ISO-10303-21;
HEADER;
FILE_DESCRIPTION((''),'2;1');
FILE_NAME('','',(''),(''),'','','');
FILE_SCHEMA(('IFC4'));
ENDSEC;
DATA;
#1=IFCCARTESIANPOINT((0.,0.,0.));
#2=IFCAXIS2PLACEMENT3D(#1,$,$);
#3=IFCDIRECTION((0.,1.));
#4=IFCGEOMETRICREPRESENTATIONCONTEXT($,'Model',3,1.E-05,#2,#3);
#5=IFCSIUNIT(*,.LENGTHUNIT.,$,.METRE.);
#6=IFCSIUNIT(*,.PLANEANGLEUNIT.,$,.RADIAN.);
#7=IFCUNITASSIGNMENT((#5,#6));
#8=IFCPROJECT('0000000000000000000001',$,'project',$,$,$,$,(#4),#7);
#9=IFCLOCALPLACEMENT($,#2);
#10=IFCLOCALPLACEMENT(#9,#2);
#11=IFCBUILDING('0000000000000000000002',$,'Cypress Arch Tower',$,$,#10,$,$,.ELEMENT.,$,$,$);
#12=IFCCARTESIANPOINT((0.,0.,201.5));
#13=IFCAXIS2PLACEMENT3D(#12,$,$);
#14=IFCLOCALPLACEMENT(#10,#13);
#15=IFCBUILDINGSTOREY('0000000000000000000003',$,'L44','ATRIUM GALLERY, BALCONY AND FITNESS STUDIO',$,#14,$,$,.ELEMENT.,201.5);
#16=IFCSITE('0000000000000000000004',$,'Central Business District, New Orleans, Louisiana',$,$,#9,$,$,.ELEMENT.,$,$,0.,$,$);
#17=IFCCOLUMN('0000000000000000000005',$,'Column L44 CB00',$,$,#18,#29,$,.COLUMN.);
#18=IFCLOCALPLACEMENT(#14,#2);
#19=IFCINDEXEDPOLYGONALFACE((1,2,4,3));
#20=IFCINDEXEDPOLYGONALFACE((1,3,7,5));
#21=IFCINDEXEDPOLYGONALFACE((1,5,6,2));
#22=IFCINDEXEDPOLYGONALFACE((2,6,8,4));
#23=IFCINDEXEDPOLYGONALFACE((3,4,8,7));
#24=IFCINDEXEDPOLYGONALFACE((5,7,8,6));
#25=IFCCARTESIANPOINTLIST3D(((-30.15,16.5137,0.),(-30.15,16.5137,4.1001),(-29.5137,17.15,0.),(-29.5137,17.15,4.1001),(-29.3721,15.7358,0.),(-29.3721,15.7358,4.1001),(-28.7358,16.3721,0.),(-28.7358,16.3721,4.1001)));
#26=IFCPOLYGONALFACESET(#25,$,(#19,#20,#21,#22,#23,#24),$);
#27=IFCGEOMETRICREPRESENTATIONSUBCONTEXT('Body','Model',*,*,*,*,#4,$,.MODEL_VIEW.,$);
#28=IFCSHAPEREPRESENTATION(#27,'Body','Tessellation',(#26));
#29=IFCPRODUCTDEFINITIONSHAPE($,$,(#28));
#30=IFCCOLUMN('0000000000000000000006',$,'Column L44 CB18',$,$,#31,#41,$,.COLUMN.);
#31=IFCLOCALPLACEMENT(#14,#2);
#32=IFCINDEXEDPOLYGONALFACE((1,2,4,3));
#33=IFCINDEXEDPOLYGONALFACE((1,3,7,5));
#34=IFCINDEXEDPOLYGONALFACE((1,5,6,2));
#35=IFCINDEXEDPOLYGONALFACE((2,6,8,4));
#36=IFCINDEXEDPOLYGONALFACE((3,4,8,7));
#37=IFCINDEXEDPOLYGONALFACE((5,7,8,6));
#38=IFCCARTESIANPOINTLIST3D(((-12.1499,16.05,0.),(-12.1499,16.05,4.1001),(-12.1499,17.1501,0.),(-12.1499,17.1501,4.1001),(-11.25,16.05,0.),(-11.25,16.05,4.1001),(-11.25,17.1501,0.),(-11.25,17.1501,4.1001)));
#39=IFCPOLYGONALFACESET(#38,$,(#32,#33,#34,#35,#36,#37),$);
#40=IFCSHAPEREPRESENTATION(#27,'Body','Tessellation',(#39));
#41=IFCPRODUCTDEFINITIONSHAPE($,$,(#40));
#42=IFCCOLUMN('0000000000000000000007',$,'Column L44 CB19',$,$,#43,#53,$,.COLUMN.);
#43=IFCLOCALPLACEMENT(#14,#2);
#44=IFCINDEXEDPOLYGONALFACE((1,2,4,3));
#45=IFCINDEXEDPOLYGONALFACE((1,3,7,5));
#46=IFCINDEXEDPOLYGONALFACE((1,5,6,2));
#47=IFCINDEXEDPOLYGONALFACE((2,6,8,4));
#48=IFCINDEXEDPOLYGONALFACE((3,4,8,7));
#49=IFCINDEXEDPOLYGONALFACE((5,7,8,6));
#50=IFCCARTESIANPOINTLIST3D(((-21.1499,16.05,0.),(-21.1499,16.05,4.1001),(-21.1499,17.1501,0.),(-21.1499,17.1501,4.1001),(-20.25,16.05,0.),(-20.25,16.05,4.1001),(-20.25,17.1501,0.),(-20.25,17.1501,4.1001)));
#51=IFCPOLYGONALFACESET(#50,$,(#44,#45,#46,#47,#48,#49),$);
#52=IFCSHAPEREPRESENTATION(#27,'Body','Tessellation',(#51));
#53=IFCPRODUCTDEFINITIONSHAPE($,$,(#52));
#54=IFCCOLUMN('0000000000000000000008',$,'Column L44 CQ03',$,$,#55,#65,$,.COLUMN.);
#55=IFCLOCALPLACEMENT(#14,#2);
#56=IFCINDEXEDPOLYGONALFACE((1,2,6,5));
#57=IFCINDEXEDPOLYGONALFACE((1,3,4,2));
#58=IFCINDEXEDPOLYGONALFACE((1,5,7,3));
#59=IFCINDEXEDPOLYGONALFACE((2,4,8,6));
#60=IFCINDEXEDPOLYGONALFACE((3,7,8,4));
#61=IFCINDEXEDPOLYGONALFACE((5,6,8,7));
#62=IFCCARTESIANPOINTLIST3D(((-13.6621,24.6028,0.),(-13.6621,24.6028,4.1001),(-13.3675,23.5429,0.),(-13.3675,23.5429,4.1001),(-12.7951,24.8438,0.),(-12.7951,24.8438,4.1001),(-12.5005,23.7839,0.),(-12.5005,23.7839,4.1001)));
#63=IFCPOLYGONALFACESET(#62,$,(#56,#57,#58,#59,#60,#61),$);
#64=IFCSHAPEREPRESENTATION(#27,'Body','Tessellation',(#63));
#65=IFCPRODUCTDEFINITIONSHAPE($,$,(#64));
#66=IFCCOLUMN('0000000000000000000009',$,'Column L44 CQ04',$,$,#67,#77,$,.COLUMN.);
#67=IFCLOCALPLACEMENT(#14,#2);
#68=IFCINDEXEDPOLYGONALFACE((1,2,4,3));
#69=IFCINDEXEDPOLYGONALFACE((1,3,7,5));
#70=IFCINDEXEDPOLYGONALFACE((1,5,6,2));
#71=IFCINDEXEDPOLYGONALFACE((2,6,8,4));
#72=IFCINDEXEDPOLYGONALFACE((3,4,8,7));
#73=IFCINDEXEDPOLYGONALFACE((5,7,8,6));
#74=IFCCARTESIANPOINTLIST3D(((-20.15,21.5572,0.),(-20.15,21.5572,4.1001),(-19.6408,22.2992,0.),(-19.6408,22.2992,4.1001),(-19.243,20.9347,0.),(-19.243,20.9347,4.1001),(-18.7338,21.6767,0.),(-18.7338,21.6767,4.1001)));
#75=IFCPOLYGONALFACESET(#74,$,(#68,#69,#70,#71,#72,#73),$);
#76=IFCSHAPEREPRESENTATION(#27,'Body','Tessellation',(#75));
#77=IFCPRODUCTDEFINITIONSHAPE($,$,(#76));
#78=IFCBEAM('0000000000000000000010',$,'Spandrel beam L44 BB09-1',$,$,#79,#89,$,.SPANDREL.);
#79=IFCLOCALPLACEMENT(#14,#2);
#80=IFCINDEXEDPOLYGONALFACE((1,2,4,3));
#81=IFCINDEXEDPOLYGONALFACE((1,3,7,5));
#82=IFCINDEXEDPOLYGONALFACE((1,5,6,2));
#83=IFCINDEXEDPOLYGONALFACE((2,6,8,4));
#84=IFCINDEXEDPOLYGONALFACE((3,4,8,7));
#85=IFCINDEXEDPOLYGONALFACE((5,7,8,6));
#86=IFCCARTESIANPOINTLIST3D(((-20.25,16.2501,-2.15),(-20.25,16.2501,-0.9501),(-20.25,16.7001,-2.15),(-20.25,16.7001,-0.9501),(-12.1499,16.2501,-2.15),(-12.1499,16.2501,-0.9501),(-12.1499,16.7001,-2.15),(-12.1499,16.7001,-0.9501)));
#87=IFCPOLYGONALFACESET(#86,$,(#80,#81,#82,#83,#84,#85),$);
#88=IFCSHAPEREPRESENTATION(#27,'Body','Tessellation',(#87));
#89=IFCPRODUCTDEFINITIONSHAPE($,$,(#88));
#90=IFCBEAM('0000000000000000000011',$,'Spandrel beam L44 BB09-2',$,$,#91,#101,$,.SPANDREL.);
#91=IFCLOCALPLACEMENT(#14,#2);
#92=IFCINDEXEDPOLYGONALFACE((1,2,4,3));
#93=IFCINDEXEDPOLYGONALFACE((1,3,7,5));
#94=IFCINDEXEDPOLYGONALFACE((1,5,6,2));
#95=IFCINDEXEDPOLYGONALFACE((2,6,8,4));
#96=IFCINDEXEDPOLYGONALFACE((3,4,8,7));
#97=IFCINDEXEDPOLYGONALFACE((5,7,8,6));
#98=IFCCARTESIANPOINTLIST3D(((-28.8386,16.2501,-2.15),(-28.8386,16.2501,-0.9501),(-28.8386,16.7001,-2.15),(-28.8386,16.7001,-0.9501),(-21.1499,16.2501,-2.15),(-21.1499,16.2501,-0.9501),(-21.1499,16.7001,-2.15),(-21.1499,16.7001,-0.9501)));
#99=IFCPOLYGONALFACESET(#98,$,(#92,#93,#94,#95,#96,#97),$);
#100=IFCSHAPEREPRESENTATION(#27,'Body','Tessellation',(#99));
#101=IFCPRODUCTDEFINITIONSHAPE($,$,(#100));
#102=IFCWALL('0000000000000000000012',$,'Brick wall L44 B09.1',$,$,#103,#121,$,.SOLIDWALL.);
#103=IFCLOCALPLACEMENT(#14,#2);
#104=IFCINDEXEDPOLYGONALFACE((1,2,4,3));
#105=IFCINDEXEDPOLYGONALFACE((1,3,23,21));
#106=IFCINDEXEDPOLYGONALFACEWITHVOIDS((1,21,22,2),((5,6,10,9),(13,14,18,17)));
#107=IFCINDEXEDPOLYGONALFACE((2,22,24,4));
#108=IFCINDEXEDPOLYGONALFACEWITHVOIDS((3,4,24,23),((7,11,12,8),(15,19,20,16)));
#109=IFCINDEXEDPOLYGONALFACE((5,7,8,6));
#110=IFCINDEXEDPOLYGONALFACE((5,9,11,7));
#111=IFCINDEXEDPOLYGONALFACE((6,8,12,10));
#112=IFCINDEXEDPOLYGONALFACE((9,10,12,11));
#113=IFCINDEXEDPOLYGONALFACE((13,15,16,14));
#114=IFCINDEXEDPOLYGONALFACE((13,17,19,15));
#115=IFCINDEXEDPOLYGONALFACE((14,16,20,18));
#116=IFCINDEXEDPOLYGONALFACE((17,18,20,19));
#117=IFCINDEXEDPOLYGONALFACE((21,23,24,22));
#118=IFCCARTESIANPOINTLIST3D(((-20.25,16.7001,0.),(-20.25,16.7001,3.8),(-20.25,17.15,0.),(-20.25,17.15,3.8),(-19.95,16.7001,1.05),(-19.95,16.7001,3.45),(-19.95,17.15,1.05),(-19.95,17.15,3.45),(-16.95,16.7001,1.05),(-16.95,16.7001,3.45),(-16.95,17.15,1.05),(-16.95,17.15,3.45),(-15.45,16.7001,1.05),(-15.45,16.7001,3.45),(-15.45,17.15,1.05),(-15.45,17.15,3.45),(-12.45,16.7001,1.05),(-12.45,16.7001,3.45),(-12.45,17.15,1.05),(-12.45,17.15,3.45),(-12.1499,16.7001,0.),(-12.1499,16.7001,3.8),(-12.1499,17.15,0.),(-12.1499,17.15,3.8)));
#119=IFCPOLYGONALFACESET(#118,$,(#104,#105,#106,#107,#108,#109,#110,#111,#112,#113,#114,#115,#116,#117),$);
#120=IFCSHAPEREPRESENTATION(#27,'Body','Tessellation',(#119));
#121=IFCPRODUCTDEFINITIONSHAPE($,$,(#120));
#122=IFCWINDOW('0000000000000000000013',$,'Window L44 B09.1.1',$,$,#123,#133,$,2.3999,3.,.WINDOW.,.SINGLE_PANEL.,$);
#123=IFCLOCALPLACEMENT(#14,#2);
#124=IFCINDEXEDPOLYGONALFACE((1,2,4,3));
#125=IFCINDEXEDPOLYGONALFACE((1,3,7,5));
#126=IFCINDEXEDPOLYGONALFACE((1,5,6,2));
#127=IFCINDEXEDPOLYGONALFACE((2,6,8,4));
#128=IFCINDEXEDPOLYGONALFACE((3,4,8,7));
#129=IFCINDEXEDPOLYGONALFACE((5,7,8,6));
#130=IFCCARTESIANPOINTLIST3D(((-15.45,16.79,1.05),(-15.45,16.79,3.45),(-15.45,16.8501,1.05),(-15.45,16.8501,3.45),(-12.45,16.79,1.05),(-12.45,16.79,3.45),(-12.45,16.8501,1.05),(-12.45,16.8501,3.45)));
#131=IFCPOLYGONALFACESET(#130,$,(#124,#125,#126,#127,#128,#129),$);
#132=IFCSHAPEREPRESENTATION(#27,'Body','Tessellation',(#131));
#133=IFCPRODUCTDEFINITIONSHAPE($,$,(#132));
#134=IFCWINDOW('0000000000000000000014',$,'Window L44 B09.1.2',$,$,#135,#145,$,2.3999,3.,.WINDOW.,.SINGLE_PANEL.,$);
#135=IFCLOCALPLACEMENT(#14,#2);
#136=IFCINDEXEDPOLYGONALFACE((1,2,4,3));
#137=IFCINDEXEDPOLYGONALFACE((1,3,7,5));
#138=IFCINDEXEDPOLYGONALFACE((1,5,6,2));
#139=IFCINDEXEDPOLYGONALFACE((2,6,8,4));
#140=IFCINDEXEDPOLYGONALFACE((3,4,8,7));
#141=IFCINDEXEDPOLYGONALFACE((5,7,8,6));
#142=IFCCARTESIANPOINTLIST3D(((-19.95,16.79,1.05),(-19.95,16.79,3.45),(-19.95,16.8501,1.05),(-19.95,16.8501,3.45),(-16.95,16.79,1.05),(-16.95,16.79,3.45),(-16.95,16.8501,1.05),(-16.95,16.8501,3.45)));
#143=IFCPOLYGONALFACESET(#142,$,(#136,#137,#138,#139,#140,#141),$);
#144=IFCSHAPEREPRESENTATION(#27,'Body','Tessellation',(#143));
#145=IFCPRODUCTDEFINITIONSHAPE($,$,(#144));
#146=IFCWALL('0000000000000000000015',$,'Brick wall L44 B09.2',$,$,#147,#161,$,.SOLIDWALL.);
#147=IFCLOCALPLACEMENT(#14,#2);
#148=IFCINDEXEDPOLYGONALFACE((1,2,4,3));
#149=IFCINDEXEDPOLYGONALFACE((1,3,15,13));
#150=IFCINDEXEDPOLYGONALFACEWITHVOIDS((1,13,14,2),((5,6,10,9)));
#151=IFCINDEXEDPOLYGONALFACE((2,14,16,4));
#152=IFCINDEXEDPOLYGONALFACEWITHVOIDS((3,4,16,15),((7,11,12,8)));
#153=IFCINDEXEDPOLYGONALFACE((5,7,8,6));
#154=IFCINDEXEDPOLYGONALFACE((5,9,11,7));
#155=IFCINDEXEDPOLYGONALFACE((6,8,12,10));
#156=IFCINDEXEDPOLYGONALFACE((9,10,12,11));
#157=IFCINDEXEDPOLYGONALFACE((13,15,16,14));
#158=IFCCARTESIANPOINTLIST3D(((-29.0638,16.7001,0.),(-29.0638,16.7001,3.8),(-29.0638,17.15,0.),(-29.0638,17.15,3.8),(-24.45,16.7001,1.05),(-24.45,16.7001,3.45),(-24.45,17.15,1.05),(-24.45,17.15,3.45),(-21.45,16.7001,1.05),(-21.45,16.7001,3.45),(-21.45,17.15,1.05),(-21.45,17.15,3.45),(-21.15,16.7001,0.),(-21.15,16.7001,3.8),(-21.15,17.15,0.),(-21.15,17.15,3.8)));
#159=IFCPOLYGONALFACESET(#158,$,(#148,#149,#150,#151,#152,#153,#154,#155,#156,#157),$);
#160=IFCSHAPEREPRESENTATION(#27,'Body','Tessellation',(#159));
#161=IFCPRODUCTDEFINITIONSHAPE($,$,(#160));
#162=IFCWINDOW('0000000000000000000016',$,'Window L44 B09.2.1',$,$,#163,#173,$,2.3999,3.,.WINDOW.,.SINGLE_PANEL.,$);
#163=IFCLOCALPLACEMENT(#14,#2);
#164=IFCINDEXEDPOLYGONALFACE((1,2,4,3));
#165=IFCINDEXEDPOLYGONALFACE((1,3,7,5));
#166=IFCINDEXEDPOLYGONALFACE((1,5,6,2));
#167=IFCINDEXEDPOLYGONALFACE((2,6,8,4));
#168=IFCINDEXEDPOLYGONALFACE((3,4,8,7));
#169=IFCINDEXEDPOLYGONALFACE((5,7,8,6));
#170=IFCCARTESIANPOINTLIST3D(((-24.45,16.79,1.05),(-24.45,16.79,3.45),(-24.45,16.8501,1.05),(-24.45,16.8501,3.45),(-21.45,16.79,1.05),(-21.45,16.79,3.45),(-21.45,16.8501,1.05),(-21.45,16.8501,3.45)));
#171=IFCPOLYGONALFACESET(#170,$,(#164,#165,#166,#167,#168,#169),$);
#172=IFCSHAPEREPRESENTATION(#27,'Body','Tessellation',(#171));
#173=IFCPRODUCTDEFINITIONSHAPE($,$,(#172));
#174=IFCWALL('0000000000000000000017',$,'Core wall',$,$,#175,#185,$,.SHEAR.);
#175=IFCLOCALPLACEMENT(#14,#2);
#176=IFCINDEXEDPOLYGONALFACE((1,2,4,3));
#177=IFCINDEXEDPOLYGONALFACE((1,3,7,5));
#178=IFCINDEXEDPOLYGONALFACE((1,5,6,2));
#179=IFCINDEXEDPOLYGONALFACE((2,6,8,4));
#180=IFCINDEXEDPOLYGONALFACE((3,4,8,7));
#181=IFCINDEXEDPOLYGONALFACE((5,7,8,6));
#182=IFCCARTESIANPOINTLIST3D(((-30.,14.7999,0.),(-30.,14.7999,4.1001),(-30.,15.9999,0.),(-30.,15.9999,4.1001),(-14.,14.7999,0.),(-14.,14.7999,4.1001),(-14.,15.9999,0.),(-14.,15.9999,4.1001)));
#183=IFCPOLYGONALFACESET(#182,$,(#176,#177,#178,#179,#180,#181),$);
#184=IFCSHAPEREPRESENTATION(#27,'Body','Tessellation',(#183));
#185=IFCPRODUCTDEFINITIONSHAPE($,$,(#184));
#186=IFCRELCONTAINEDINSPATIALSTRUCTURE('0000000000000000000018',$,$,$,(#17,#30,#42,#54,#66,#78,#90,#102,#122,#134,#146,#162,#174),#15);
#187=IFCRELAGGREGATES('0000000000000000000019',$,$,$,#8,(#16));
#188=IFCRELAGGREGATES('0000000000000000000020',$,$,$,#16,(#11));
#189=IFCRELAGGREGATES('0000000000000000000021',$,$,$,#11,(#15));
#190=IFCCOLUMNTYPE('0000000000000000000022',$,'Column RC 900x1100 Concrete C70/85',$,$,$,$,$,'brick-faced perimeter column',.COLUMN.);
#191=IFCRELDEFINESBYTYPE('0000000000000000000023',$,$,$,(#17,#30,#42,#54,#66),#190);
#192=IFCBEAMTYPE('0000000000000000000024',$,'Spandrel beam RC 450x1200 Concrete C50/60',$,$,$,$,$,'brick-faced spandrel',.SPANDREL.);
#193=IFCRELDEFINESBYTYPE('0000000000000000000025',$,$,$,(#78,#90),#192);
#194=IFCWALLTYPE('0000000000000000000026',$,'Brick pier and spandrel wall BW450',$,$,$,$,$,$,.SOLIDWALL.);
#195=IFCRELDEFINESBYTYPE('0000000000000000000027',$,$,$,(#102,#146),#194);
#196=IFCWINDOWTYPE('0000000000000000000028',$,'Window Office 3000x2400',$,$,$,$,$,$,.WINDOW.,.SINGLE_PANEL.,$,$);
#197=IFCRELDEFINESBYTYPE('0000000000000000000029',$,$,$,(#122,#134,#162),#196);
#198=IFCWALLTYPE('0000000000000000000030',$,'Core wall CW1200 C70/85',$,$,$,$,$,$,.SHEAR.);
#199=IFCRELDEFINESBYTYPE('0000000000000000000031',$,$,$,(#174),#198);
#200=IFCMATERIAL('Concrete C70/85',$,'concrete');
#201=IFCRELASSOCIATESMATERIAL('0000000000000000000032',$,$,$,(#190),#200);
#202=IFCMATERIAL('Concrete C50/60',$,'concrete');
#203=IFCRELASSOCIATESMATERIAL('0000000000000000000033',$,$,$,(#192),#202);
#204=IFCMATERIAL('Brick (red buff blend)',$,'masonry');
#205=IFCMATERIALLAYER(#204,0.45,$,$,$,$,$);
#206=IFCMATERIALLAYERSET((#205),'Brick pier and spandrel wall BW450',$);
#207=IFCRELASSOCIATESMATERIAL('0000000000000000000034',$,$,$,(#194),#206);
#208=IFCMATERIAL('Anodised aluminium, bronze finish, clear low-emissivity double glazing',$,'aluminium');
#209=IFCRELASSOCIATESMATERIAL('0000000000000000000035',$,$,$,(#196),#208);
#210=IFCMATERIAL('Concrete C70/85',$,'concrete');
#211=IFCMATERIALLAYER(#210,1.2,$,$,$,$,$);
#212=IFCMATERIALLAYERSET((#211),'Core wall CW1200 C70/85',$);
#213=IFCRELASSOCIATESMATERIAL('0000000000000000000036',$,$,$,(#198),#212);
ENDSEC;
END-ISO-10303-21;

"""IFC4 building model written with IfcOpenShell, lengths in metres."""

from ifc_helpers import new_model, si_unit, direction, frame, frame_2d, origin, origin_2d, place, context, subcontext, project, spatial, rectangle, extrude, material, layer, layer_set, material_profile, profile_set, type_object, element, fill, save


model = new_model("IFC4")

# Units and contexts
model_context = context("Model", 3, precision=1e-05, world=origin(), true_north=direction((0.0, 1.0)))
body_context = subcontext(model_context, "Body", "Model", "MODEL_VIEW")
ifc_project = project(units=[si_unit("LENGTHUNIT", "METRE"), si_unit("PLANEANGLEUNIT", "RADIAN")], contexts=[model_context])

# Site, building, storey
site_placement = place(None, origin())
site = spatial("IfcSite", under=ifc_project, at=site_placement, Name="Central Business District, New Orleans, Louisiana", CompositionType="ELEMENT", RefElevation=0.0)
building_placement = place(site_placement, origin())
building = spatial("IfcBuilding", under=site, at=building_placement, Name="Cypress Arch Tower", CompositionType="ELEMENT")
storey_placement = place(building_placement, frame((0.0, 0.0, 201.5)))
storey = spatial("IfcBuildingStorey", under=building, at=storey_placement, Name="L44", Description="ATRIUM GALLERY, BALCONY AND FITNESS STUDIO", CompositionType="ELEMENT", Elevation=201.5)

# Columns
ifc_material_1 = material(Name="Concrete C70/85", Category="concrete")
ifc_material_profile_1 = material_profile(ifc_material_1, rectangle(XDim=0.8999, YDim=1.1001, at=origin_2d()), Name="RC 900x1100")
ifc_profile_set_1 = profile_set([ifc_material_profile_1], Name="Concrete C70/85")
column_type = type_object("IfcColumnType", Name="Column RC 900x1100 Concrete C70/85", ElementType="brick-faced perimeter column", PredefinedType="COLUMN", material=ifc_profile_set_1)
for number, where, z_axis, x_axis, name in (
    (1, (-29.4429, 16.4429, 0.0), (0.0, 0.0, 1.0), (-0.707107, -0.707107, 0.0), "Column L44 CB00"),
    (2, (-11.7, 16.6001, 0.0), (0.0, 0.0, 1.0), (-1.0, 0.0, 0.0), "Column L44 CB18"),
    (3, (-20.7, 16.6001, 0.0), (0.0, 0.0, 1.0), (-1.0, 0.0, 0.0), "Column L44 CB19"),
    (4, (-13.0813, 24.1934, 0.0), (0.0, 0.0, 1.0), (-0.963456, -0.267868, 0.0), "Column L44 CQ03"),
    (5, (-19.4419, 21.6169, 0.0), (0.0, 0.0, 1.0), (-0.565893, -0.824479, 0.0), "Column L44 CQ04"),
):
    element("IfcColumn", number, at=place(storey_placement, frame(where, z_axis=z_axis, x_axis=x_axis)), inside=storey, type_object=column_type, Name=name, PredefinedType="COLUMN", context=body_context, shape_type="SweptSolid", body=[
        extrude(rectangle(XDim=0.8999, YDim=1.1001, at=origin_2d()), origin(), (0.0, 0.0, 1.0), 4.1001),
    ])

# Beams
ifc_material_2 = material(Name="Concrete C50/60", Category="concrete")
ifc_material_profile_2 = material_profile(ifc_material_2, rectangle(XDim=0.45, YDim=1.2, at=origin_2d()), Name="RC 450x1200")
ifc_profile_set_2 = profile_set([ifc_material_profile_2], Name="Concrete C50/60")
beam_type = type_object("IfcBeamType", Name="Spandrel beam RC 450x1200 Concrete C50/60", ElementType="brick-faced spandrel", PredefinedType="SPANDREL", material=ifc_profile_set_2)
beam_1_placement = place(storey_placement, frame((-12.1499, 16.4751, -1.55), z_axis=(-1.0, 0.0, 0.0), x_axis=(0.0, -1.0, 0.0)))
element("IfcBeam", 6, at=beam_1_placement, inside=storey, type_object=beam_type, Name="Spandrel beam L44 BB09-1", PredefinedType="SPANDREL", context=body_context, shape_type="SweptSolid", body=[
    extrude(rectangle(XDim=0.45, YDim=1.2, at=origin_2d()), origin(), (0.0, 0.0, 1.0), 8.1001),
])
beam_2_placement = place(storey_placement, frame((-21.1499, 16.4751, -1.55), z_axis=(-1.0, 0.0, 0.0), x_axis=(0.0, -1.0, 0.0)))
element("IfcBeam", 7, at=beam_2_placement, inside=storey, type_object=beam_type, Name="Spandrel beam L44 BB09-2", PredefinedType="SPANDREL", context=body_context, shape_type="SweptSolid", body=[
    extrude(rectangle(XDim=0.45, YDim=1.2, at=origin_2d()), origin(), (0.0, 0.0, 1.0), 7.6887),
])

# Wall, openings, windows
ifc_material_3 = material(Name="Brick (red buff blend)", Category="masonry")
ifc_layer_1 = layer(ifc_material_3, 0.45)
ifc_layer_set_1 = layer_set([ifc_layer_1], Name="Brick pier and spandrel wall BW450")
wall_type_1 = type_object("IfcWallType", Name="Brick pier and spandrel wall BW450", PredefinedType="SOLIDWALL", material=ifc_layer_set_1)
wall_1_placement = place(storey_placement, frame((-12.1499, 16.925, 0.0), z_axis=(0.0, 0.0, 1.0), x_axis=(-1.0, 0.0, 0.0)))
wall_1 = element("IfcWall", 8, at=wall_1_placement, inside=storey, type_object=wall_type_1, Name="Brick wall L44 B09.1", PredefinedType="SOLIDWALL", context=body_context, shape_type="SweptSolid", body=[
    extrude(rectangle(XDim=8.1001, YDim=0.45, at=frame_2d((4.05, 0.0))), origin(), (0.0, 0.0, 1.0), 3.8),
])
opening_1_placement = place(wall_1_placement, frame((0.3, 0.0, 1.05)))
opening_1 = element("IfcOpeningElement", 9, at=opening_1_placement, cuts=wall_1, PredefinedType="OPENING", context=body_context, shape_type="SweptSolid", body=[
    extrude(rectangle(XDim=3.0, YDim=2.3999, at=frame_2d((1.5, 1.2))), frame((0.0, 0.2349, 0.0), z_axis=(0.0, -1.0, 0.0), x_axis=(1.0, 0.0, 0.0)), (0.0, 0.0, 1.0), 0.47),
])
opening_2_placement = place(wall_1_placement, frame((4.8, 0.0, 1.05)))
opening_2 = element("IfcOpeningElement", 10, at=opening_2_placement, cuts=wall_1, PredefinedType="OPENING", context=body_context, shape_type="SweptSolid", body=[
    extrude(rectangle(XDim=3.0, YDim=2.3999, at=frame_2d((1.5, 1.2))), frame((0.0, 0.2349, 0.0), z_axis=(0.0, -1.0, 0.0), x_axis=(1.0, 0.0, 0.0)), (0.0, 0.0, 1.0), 0.47),
])
ifc_material_4 = material(Name="Anodised aluminium, bronze finish, clear low-emissivity double glazing", Category="aluminium")
window_type = type_object("IfcWindowType", Name="Window Office 3000x2400", PartitioningType="SINGLE_PANEL", PredefinedType="WINDOW", material=ifc_material_4)
window_1_placement = place(opening_1_placement, origin())
window_1 = element("IfcWindow", 11, at=window_1_placement, inside=storey, type_object=window_type, Name="Window L44 B09.1.1", OverallHeight=2.3999, OverallWidth=3.0, PartitioningType="SINGLE_PANEL", PredefinedType="WINDOW", context=body_context, shape_type="SweptSolid", body=[
    extrude(rectangle(XDim=3.0, YDim=2.3999, at=frame_2d((1.5, 1.2))), frame((0.0, 0.135, 0.0), z_axis=(0.0, -1.0, 0.0), x_axis=(1.0, 0.0, 0.0)), (0.0, 0.0, 1.0), 0.0601),
])
fill(opening_1, window_1)
window_2_placement = place(opening_2_placement, origin())
window_2 = element("IfcWindow", 12, at=window_2_placement, inside=storey, type_object=window_type, Name="Window L44 B09.1.2", OverallHeight=2.3999, OverallWidth=3.0, PartitioningType="SINGLE_PANEL", PredefinedType="WINDOW", context=body_context, shape_type="SweptSolid", body=[
    extrude(rectangle(XDim=3.0, YDim=2.3999, at=frame_2d((1.5, 1.2))), frame((0.0, 0.135, 0.0), z_axis=(0.0, -1.0, 0.0), x_axis=(1.0, 0.0, 0.0)), (0.0, 0.0, 1.0), 0.0601),
])
fill(opening_2, window_2)

# Wall, opening, window
wall_2_placement = place(storey_placement, frame((-21.1499, 16.925, 0.0), z_axis=(0.0, 0.0, 1.0), x_axis=(-1.0, 0.0, 0.0)))
wall_2 = element("IfcWall", 13, at=wall_2_placement, inside=storey, type_object=wall_type_1, Name="Brick wall L44 B09.2", PredefinedType="SOLIDWALL", context=body_context, shape_type="SweptSolid", body=[
    extrude(rectangle(XDim=7.9138, YDim=0.45, at=frame_2d((3.957, 0.0))), origin(), (0.0, 0.0, 1.0), 3.8),
])
opening_3_placement = place(wall_2_placement, frame((0.3, 0.0, 1.05)))
opening_3 = element("IfcOpeningElement", 14, at=opening_3_placement, cuts=wall_2, PredefinedType="OPENING", context=body_context, shape_type="SweptSolid", body=[
    extrude(rectangle(XDim=3.0, YDim=2.3999, at=frame_2d((1.5, 1.2))), frame((0.0, 0.2349, 0.0), z_axis=(0.0, -1.0, 0.0), x_axis=(1.0, 0.0, 0.0)), (0.0, 0.0, 1.0), 0.47),
])
window_3_placement = place(opening_3_placement, origin())
window_3 = element("IfcWindow", 15, at=window_3_placement, inside=storey, type_object=window_type, Name="Window L44 B09.2.1", OverallHeight=2.3999, OverallWidth=3.0, PartitioningType="SINGLE_PANEL", PredefinedType="WINDOW", context=body_context, shape_type="SweptSolid", body=[
    extrude(rectangle(XDim=3.0, YDim=2.3999, at=frame_2d((1.5, 1.2))), frame((0.0, 0.135, 0.0), z_axis=(0.0, -1.0, 0.0), x_axis=(1.0, 0.0, 0.0)), (0.0, 0.0, 1.0), 0.0601),
])
fill(opening_3, window_3)

# Wall
ifc_material_5 = material(Name="Concrete C70/85", Category="concrete")
ifc_layer_2 = layer(ifc_material_5, 1.2)
ifc_layer_set_2 = layer_set([ifc_layer_2], Name="Core wall CW1200 C70/85")
wall_type_2 = type_object("IfcWallType", Name="Core wall CW1200 C70/85", PredefinedType="SHEAR", material=ifc_layer_set_2)
wall_3_placement = place(storey_placement, frame((-30.0, 15.3999, 0.0), z_axis=(0.0, 0.0, 1.0), x_axis=(1.0, 0.0, 0.0)))
element("IfcWall", 16, at=wall_3_placement, inside=storey, type_object=wall_type_2, Name="Core wall", PredefinedType="SHEAR", context=body_context, shape_type="SweptSolid", body=[
    extrude(rectangle(XDim=16.0, YDim=1.2, at=frame_2d((8.0, 0.0))), origin(), (0.0, 0.0, 1.0), 4.1001),
])

save(model, "model.ifc")
